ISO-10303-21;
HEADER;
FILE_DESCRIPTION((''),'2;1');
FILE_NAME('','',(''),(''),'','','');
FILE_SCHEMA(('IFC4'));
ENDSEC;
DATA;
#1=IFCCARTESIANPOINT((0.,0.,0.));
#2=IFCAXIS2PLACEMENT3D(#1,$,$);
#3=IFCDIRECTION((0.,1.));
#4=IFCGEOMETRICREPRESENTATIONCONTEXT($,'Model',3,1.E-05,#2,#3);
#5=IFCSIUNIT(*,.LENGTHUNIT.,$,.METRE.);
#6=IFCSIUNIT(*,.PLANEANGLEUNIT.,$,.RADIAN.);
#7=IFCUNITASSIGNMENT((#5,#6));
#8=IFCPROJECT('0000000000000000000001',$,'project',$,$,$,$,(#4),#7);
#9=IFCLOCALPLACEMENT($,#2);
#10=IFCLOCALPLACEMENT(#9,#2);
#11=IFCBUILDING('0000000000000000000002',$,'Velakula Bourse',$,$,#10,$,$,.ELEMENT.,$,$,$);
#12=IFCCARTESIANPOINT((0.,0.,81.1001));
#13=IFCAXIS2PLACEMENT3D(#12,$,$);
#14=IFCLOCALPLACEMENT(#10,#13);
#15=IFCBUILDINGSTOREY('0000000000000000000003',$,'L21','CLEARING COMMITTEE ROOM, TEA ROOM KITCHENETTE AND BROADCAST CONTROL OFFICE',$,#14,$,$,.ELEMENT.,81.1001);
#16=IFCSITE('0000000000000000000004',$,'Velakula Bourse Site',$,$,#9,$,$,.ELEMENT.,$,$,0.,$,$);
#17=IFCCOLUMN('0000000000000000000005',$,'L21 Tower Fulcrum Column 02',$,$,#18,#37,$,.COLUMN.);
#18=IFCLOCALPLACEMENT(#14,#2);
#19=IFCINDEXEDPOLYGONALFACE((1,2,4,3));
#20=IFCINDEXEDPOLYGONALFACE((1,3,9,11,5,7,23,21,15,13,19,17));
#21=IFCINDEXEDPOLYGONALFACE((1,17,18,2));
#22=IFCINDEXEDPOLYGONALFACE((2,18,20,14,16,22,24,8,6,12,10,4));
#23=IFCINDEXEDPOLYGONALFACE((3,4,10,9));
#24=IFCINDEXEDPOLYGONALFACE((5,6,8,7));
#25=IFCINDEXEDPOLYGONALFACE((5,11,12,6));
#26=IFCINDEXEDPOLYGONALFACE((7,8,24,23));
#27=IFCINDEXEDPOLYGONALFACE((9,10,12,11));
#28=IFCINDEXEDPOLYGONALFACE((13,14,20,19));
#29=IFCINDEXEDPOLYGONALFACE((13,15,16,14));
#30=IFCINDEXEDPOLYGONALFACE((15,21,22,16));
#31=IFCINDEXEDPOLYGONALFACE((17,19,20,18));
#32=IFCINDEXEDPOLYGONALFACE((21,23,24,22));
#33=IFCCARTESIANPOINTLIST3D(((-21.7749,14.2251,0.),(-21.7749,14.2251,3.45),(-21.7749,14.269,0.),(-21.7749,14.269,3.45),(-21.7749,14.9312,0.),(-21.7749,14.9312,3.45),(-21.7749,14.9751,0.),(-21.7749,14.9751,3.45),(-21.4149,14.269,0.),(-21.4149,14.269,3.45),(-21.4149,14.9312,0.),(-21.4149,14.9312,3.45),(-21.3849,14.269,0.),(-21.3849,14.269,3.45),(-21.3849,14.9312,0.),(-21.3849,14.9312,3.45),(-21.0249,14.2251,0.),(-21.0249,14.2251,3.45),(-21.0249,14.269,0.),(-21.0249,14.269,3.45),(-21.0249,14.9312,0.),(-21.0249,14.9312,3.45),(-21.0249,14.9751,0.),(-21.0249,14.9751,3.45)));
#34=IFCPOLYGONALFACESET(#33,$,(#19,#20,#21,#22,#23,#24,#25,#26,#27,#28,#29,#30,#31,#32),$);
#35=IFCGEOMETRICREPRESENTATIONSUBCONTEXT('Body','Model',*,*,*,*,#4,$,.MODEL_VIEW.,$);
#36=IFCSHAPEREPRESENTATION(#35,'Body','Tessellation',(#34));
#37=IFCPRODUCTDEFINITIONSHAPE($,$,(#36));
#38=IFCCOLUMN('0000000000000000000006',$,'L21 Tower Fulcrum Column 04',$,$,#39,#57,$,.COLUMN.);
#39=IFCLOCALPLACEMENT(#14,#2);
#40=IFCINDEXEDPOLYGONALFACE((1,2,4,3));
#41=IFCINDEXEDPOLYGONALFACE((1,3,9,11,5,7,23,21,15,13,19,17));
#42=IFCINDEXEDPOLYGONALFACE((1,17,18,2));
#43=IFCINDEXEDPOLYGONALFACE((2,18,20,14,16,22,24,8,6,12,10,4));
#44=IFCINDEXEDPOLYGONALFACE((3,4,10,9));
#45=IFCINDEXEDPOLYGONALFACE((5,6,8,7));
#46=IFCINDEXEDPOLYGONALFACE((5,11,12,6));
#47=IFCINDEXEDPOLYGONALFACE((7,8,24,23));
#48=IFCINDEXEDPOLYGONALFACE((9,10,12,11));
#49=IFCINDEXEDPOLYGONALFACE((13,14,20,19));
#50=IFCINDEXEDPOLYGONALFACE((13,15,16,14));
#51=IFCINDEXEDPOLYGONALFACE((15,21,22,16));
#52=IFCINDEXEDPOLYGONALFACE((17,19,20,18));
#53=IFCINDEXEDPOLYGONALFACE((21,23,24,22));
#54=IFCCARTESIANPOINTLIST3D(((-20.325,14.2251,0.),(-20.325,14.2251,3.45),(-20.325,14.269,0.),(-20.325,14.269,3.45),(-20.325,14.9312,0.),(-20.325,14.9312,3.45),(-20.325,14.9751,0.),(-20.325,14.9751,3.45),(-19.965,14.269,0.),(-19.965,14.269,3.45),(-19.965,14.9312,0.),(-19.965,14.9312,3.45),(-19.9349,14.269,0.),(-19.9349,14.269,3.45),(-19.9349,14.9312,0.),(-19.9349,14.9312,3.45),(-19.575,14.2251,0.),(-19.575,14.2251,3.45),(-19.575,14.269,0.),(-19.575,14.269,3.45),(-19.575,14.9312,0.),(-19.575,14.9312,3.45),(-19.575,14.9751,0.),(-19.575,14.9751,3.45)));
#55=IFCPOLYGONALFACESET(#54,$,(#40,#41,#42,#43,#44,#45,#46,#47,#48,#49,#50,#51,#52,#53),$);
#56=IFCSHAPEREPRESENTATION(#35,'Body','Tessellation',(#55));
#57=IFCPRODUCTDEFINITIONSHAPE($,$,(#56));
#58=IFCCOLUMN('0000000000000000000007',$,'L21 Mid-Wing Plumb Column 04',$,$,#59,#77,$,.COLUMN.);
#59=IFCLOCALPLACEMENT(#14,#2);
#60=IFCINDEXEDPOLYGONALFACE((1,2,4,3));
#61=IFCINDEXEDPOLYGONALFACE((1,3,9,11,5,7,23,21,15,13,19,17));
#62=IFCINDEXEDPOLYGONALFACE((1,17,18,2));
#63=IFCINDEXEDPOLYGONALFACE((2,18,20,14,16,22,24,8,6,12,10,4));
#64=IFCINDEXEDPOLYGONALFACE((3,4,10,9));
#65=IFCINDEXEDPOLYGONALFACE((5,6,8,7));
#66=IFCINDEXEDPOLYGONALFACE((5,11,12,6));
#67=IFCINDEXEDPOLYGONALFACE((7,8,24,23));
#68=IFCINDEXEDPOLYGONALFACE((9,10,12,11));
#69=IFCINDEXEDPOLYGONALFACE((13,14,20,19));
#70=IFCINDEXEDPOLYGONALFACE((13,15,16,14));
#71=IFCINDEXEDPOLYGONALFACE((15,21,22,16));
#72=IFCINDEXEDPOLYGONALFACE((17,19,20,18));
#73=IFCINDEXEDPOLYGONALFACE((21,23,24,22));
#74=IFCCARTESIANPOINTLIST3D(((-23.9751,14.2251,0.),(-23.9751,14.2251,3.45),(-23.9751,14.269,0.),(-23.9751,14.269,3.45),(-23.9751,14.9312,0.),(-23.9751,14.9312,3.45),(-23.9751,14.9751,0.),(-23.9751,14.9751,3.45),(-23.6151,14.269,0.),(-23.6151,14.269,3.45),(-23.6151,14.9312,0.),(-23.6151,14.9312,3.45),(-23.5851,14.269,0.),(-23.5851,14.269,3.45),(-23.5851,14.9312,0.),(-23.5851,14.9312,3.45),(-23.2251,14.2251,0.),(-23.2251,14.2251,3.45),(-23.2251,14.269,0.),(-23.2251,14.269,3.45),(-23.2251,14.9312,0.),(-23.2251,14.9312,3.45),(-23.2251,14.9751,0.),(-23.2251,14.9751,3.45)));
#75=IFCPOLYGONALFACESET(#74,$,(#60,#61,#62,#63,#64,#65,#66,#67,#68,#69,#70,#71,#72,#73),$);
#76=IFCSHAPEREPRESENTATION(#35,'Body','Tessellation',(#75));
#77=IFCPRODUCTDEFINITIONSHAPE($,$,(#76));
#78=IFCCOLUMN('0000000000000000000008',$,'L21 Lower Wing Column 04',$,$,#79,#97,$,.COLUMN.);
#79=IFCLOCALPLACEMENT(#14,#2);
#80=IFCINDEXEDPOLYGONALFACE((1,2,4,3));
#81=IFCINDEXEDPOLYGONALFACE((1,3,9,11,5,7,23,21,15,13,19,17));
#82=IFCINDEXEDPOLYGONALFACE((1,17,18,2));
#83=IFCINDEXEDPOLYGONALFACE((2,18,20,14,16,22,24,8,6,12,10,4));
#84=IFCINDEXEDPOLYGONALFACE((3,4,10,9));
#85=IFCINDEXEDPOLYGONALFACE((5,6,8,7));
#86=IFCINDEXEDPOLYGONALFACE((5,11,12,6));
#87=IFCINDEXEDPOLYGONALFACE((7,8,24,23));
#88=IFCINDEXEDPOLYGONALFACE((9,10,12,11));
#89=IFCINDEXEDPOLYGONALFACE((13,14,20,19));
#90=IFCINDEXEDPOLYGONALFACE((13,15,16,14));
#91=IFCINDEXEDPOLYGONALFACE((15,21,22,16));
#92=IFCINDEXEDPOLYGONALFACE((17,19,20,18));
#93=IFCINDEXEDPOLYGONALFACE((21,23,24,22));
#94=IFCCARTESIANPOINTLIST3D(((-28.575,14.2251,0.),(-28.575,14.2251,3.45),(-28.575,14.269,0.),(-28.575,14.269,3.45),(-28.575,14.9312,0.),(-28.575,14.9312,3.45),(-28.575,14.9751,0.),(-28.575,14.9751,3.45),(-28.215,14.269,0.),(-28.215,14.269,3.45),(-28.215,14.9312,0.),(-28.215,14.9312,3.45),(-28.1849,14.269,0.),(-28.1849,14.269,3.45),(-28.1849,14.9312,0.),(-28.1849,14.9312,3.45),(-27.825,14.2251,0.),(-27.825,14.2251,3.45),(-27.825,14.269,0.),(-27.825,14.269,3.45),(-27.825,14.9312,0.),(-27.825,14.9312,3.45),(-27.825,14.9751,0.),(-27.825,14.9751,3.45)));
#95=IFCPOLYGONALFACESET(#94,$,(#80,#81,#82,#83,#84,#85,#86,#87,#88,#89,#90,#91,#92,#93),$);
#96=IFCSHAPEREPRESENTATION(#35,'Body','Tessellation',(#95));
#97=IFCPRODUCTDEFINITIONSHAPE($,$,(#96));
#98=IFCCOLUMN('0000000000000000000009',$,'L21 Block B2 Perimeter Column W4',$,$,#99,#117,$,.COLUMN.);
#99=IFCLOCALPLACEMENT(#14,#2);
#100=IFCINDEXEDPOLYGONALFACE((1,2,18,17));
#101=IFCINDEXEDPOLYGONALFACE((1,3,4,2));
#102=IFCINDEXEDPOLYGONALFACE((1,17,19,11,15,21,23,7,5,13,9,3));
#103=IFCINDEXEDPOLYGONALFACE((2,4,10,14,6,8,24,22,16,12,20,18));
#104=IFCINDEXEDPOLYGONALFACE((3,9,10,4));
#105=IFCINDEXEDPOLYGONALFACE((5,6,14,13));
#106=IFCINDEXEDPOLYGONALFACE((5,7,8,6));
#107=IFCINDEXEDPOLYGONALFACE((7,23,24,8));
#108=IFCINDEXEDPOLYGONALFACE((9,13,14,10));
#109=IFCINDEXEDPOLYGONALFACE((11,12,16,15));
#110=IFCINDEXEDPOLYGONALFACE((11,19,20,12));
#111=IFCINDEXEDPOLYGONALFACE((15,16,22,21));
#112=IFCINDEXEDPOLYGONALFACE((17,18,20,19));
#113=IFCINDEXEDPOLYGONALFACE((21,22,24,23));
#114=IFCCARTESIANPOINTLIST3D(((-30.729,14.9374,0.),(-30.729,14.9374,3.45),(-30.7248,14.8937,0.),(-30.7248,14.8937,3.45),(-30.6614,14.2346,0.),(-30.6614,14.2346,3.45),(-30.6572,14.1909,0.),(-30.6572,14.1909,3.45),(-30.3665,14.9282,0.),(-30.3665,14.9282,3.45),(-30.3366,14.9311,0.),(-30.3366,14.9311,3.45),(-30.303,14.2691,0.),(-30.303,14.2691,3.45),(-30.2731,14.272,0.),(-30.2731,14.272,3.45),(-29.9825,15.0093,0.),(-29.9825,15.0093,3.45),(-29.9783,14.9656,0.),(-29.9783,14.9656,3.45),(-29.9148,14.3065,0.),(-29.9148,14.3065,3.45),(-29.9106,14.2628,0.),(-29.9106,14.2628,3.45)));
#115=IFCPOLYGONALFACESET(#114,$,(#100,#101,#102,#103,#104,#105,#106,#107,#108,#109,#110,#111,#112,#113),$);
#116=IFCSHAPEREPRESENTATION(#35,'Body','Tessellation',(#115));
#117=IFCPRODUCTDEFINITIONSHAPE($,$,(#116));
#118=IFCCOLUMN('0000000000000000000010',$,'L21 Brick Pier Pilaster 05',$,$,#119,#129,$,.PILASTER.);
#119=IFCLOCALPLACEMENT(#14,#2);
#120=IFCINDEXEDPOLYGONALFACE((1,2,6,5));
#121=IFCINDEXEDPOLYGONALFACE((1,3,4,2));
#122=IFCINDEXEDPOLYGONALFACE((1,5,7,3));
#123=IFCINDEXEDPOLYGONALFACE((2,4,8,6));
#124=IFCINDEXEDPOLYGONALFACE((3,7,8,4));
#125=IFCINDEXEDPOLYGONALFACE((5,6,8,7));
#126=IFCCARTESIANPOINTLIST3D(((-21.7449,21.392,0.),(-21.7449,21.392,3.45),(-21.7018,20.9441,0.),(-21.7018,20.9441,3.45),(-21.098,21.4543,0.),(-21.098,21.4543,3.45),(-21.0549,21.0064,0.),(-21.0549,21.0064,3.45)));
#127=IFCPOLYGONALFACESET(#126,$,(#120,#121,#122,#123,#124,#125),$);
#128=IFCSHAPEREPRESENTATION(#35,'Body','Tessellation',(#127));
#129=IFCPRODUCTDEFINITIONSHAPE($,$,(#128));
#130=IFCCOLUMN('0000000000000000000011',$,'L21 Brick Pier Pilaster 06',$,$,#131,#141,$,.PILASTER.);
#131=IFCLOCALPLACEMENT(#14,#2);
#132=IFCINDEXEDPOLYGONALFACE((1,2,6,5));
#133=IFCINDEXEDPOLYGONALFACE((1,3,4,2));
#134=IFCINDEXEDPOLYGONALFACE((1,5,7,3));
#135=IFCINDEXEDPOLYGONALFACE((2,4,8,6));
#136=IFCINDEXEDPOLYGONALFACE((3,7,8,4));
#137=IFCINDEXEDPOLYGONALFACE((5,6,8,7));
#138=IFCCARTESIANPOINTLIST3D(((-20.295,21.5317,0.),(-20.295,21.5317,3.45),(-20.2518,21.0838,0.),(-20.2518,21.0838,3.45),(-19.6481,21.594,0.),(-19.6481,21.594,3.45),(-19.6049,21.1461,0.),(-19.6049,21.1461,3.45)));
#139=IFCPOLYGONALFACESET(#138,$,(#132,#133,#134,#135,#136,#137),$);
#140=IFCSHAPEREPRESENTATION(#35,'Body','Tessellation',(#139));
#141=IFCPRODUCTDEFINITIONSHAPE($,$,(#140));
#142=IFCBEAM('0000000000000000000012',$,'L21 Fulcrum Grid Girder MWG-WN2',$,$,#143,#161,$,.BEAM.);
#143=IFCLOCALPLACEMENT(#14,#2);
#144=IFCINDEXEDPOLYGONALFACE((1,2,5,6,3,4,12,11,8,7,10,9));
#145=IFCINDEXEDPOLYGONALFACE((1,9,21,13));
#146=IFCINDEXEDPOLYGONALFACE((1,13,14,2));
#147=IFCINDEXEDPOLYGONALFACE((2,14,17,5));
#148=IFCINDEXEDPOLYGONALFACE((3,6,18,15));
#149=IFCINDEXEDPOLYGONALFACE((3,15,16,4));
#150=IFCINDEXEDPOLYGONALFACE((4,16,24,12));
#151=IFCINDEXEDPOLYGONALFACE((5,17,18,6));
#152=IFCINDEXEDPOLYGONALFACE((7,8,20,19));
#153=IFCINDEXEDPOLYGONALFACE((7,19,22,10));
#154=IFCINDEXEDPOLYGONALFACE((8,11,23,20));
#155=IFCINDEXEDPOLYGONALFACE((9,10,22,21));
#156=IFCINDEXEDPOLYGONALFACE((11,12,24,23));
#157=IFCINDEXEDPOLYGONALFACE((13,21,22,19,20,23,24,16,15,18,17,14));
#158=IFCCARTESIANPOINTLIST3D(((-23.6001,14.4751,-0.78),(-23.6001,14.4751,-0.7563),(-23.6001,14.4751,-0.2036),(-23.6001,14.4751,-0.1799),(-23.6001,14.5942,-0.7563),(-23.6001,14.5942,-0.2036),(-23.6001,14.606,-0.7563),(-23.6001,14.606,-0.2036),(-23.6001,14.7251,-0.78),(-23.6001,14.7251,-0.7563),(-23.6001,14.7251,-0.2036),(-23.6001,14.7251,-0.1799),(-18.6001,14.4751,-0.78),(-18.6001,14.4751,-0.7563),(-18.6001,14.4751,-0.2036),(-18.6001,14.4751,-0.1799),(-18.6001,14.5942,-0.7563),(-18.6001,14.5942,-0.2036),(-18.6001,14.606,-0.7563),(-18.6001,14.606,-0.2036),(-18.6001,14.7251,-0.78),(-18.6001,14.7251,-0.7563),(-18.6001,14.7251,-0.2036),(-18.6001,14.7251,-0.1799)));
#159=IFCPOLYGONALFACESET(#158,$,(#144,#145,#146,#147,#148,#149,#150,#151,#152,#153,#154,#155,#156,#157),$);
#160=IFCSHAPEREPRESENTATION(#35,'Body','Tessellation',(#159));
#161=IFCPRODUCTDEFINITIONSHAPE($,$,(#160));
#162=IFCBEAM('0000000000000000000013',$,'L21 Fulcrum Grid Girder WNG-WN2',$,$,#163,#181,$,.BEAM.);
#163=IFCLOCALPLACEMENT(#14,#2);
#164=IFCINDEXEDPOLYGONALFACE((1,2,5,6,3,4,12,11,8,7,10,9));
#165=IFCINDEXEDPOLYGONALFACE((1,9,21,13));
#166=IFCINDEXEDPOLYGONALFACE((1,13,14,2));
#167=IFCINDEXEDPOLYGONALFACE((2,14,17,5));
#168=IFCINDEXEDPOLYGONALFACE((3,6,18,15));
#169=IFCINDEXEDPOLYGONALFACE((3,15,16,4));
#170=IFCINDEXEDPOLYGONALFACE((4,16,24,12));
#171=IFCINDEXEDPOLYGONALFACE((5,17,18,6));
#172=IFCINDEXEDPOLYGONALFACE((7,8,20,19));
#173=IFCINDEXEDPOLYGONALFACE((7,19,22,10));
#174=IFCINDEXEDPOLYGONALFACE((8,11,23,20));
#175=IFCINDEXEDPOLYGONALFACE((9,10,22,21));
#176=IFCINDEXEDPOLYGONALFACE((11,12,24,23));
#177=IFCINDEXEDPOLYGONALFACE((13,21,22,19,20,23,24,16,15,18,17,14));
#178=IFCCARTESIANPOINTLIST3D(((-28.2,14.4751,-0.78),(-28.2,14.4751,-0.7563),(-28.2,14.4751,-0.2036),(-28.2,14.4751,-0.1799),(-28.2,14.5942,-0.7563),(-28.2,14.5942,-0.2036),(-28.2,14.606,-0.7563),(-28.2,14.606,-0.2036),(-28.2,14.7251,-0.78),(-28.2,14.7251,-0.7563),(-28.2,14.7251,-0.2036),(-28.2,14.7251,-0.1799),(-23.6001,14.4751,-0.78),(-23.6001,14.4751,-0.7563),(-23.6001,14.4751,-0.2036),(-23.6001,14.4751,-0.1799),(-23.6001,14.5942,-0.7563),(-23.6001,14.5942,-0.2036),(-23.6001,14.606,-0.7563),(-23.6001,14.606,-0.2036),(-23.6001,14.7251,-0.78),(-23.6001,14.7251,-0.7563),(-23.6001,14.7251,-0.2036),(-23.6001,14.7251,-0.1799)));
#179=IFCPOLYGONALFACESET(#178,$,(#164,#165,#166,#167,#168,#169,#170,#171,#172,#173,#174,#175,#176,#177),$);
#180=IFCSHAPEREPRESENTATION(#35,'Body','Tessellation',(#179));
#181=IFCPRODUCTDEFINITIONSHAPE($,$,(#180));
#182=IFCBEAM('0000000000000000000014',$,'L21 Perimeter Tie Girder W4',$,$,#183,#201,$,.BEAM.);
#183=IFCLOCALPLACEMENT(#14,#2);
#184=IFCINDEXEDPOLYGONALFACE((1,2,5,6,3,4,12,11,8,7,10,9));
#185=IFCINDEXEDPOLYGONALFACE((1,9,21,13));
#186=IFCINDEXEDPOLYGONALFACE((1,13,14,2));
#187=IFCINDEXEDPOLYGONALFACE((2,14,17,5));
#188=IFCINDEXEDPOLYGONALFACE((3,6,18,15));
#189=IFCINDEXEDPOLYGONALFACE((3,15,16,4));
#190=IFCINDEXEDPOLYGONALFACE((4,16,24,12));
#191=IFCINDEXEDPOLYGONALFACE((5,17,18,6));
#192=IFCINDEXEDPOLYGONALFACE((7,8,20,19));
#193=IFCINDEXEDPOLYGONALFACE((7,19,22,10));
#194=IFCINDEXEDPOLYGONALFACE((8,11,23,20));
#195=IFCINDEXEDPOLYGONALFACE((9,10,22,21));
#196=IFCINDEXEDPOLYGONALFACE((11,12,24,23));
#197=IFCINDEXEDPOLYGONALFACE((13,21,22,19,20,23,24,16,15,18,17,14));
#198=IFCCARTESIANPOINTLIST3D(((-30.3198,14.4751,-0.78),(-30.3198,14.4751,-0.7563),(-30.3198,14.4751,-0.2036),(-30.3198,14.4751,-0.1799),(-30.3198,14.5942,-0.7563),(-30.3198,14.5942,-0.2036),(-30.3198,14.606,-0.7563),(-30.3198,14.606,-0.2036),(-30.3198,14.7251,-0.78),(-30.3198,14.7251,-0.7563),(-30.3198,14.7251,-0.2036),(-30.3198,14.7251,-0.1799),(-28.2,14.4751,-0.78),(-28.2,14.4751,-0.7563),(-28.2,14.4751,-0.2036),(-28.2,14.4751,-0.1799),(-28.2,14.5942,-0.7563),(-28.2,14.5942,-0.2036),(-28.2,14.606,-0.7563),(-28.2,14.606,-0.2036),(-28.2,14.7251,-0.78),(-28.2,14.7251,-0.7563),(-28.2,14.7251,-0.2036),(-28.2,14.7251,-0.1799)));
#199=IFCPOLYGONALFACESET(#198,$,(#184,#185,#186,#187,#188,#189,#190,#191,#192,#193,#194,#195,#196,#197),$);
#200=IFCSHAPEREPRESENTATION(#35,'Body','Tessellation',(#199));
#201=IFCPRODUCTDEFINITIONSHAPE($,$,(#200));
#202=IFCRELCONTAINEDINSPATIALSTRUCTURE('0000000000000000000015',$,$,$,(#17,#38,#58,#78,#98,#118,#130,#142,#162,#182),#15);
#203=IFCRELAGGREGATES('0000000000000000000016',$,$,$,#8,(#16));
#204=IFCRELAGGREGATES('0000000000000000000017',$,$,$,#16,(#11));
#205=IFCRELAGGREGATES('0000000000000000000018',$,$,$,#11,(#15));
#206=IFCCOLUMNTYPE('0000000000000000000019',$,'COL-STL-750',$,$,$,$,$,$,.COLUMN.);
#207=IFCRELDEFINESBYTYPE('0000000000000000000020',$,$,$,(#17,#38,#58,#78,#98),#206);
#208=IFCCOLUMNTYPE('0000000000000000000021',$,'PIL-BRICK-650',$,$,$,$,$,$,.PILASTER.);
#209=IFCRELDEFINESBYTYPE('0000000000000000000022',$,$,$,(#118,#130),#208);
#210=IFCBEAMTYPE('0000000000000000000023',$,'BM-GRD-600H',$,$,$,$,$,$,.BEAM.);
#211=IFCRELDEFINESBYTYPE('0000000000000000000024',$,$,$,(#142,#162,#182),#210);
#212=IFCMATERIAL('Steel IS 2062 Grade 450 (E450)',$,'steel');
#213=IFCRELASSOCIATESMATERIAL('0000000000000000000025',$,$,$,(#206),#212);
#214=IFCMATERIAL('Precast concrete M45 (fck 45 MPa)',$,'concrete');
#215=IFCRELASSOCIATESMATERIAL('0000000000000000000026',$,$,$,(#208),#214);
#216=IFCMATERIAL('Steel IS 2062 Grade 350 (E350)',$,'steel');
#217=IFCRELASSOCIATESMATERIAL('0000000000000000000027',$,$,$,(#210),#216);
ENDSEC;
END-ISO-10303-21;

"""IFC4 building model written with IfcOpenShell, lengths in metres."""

from ifc_helpers import new_model, si_unit, direction, frame, origin, origin_2d, place, context, subcontext, project, spatial, rectangle, i_section, extrude, material, material_profile, profile_set, type_object, element, save


model = new_model("IFC4")

# Units and contexts
model_context = context("Model", 3, precision=1e-05, world=origin(), true_north=direction((0.0, 1.0)))
body_context = subcontext(model_context, "Body", "Model", "MODEL_VIEW")
ifc_project = project(units=[si_unit("LENGTHUNIT", "METRE"), si_unit("PLANEANGLEUNIT", "RADIAN")], contexts=[model_context])

# Site, building, storey
site_placement = place(None, origin())
site = spatial("IfcSite", under=ifc_project, at=site_placement, Name="Velakula Bourse Site", CompositionType="ELEMENT", RefElevation=0.0)
building_placement = place(site_placement, origin())
building = spatial("IfcBuilding", under=site, at=building_placement, Name="Velakula Bourse", CompositionType="ELEMENT")
storey_placement = place(building_placement, frame((0.0, 0.0, 81.1001)))
storey = spatial("IfcBuildingStorey", under=building, at=storey_placement, Name="L21", Description="CLEARING COMMITTEE ROOM, TEA ROOM KITCHENETTE AND BROADCAST CONTROL OFFICE", CompositionType="ELEMENT", Elevation=81.1001)

# Columns
ifc_material_1 = material(Name="Steel IS 2062 Grade 450 (E450)", Category="steel")
ifc_material_profile_1 = material_profile(ifc_material_1, i_section(OverallWidth=0.75, OverallDepth=0.75, WebThickness=0.03, FlangeThickness=0.0439, at=origin_2d()), Name="Steel IS 2062 Grade 450 (E450)")
ifc_profile_set_1 = profile_set([ifc_material_profile_1], Name="Steel IS 2062 Grade 450 (E450)")
column_type_1 = type_object("IfcColumnType", Name="COL-STL-750", PredefinedType="COLUMN", material=ifc_profile_set_1)
for number, where, z_axis, x_axis, name in (
    (1, (-21.3999, 14.6001, 0.0), (0.0, 0.0, 1.0), (1.0, 0.0, 0.0), "L21 Tower Fulcrum Column 02"),
    (2, (-19.95, 14.6001, 0.0), (0.0, 0.0, 1.0), (1.0, 0.0, 0.0), "L21 Tower Fulcrum Column 04"),
    (3, (-23.6001, 14.6001, 0.0), (0.0, 0.0, 1.0), (1.0, 0.0, 0.0), "L21 Mid-Wing Plumb Column 04"),
    (4, (-28.2, 14.6001, 0.0), (0.0, 0.0, 1.0), (1.0, 0.0, 0.0), "L21 Lower Wing Column 04"),
    (5, (-30.3198, 14.6001, 0.0), (0.0, 0.0, 1.0), (0.995396, 0.095846, 0.0), "L21 Block B2 Perimeter Column W4"),
):
    element("IfcColumn", number, at=place(storey_placement, frame(where, z_axis=z_axis, x_axis=x_axis)), inside=storey, type_object=column_type_1, Name=name, PredefinedType="COLUMN", context=body_context, shape_type="SweptSolid", body=[
        extrude(i_section(OverallWidth=0.75, OverallDepth=0.75, WebThickness=0.03, FlangeThickness=0.0439, at=origin_2d()), origin(), (0.0, 0.0, 1.0), 3.45),
    ])
ifc_material_2 = material(Name="Precast concrete M45 (fck 45 MPa)", Category="concrete")
ifc_material_profile_2 = material_profile(ifc_material_2, rectangle(XDim=0.6499, YDim=0.45, at=origin_2d()), Name="Precast concrete M45 (fck 45 MPa)")
ifc_profile_set_2 = profile_set([ifc_material_profile_2], Name="Precast concrete M45 (fck 45 MPa)")
column_type_2 = type_object("IfcColumnType", Name="PIL-BRICK-650", PredefinedType="PILASTER", material=ifc_profile_set_2)
for number, where, z_axis, x_axis, name in (
    (6, (-21.3999, 21.1992, 0.0), (0.0, 0.0, 1.0), (0.995396, 0.095846, 0.0), "L21 Brick Pier Pilaster 05"),
    (7, (-19.95, 21.3389, 0.0), (0.0, 0.0, 1.0), (0.995396, 0.095846, 0.0), "L21 Brick Pier Pilaster 06"),
):
    element("IfcColumn", number, at=place(storey_placement, frame(where, z_axis=z_axis, x_axis=x_axis)), inside=storey, type_object=column_type_2, Name=name, PredefinedType="PILASTER", context=body_context, shape_type="SweptSolid", body=[
        extrude(rectangle(XDim=0.6499, YDim=0.45, at=origin_2d()), origin(), (0.0, 0.0, 1.0), 3.45),
    ])

# Beams
ifc_material_3 = material(Name="Steel IS 2062 Grade 350 (E350)", Category="steel")
ifc_material_profile_3 = material_profile(ifc_material_3, i_section(OverallWidth=0.25, OverallDepth=0.6001, WebThickness=0.0117, FlangeThickness=0.0237, at=origin_2d()), Name="Steel IS 2062 Grade 350 (E350)")
ifc_profile_set_3 = profile_set([ifc_material_profile_3], Name="Steel IS 2062 Grade 350 (E350)")
beam_type_1 = type_object("IfcBeamType", Name="BM-GRD-600H", PredefinedType="BEAM", material=ifc_profile_set_3)
beam_1_placement = place(storey_placement, frame((-23.6001, 14.6001, -0.48), z_axis=(1.0, 0.0, 0.0), x_axis=(0.0, 1.0, 0.0)))
element("IfcBeam", 8, at=beam_1_placement, inside=storey, type_object=beam_type_1, Name="L21 Fulcrum Grid Girder MWG-WN2", PredefinedType="BEAM", context=body_context, shape_type="SweptSolid", body=[
    extrude(i_section(OverallWidth=0.25, OverallDepth=0.6001, WebThickness=0.0117, FlangeThickness=0.0237, at=origin_2d()), origin(), (0.0, 0.0, 1.0), 5.0),
])
beam_2_placement = place(storey_placement, frame((-28.2, 14.6001, -0.48), z_axis=(1.0, 0.0, 0.0), x_axis=(0.0, 1.0, 0.0)))
element("IfcBeam", 9, at=beam_2_placement, inside=storey, type_object=beam_type_1, Name="L21 Fulcrum Grid Girder WNG-WN2", PredefinedType="BEAM", context=body_context, shape_type="SweptSolid", body=[
    extrude(i_section(OverallWidth=0.25, OverallDepth=0.6001, WebThickness=0.0117, FlangeThickness=0.0237, at=origin_2d()), origin(), (0.0, 0.0, 1.0), 4.5999),
])
beam_3_placement = place(storey_placement, frame((-28.2, 14.6001, -0.48), z_axis=(-1.0, 0.0, 0.0), x_axis=(0.0, -1.0, 0.0)))
element("IfcBeam", 10, at=beam_3_placement, inside=storey, type_object=beam_type_1, Name="L21 Perimeter Tie Girder W4", PredefinedType="BEAM", context=body_context, shape_type="SweptSolid", body=[
    extrude(i_section(OverallWidth=0.25, OverallDepth=0.6001, WebThickness=0.0117, FlangeThickness=0.0237, at=origin_2d()), origin(), (0.0, 0.0, 1.0), 2.1199),
])

save(model, "model.ifc")
